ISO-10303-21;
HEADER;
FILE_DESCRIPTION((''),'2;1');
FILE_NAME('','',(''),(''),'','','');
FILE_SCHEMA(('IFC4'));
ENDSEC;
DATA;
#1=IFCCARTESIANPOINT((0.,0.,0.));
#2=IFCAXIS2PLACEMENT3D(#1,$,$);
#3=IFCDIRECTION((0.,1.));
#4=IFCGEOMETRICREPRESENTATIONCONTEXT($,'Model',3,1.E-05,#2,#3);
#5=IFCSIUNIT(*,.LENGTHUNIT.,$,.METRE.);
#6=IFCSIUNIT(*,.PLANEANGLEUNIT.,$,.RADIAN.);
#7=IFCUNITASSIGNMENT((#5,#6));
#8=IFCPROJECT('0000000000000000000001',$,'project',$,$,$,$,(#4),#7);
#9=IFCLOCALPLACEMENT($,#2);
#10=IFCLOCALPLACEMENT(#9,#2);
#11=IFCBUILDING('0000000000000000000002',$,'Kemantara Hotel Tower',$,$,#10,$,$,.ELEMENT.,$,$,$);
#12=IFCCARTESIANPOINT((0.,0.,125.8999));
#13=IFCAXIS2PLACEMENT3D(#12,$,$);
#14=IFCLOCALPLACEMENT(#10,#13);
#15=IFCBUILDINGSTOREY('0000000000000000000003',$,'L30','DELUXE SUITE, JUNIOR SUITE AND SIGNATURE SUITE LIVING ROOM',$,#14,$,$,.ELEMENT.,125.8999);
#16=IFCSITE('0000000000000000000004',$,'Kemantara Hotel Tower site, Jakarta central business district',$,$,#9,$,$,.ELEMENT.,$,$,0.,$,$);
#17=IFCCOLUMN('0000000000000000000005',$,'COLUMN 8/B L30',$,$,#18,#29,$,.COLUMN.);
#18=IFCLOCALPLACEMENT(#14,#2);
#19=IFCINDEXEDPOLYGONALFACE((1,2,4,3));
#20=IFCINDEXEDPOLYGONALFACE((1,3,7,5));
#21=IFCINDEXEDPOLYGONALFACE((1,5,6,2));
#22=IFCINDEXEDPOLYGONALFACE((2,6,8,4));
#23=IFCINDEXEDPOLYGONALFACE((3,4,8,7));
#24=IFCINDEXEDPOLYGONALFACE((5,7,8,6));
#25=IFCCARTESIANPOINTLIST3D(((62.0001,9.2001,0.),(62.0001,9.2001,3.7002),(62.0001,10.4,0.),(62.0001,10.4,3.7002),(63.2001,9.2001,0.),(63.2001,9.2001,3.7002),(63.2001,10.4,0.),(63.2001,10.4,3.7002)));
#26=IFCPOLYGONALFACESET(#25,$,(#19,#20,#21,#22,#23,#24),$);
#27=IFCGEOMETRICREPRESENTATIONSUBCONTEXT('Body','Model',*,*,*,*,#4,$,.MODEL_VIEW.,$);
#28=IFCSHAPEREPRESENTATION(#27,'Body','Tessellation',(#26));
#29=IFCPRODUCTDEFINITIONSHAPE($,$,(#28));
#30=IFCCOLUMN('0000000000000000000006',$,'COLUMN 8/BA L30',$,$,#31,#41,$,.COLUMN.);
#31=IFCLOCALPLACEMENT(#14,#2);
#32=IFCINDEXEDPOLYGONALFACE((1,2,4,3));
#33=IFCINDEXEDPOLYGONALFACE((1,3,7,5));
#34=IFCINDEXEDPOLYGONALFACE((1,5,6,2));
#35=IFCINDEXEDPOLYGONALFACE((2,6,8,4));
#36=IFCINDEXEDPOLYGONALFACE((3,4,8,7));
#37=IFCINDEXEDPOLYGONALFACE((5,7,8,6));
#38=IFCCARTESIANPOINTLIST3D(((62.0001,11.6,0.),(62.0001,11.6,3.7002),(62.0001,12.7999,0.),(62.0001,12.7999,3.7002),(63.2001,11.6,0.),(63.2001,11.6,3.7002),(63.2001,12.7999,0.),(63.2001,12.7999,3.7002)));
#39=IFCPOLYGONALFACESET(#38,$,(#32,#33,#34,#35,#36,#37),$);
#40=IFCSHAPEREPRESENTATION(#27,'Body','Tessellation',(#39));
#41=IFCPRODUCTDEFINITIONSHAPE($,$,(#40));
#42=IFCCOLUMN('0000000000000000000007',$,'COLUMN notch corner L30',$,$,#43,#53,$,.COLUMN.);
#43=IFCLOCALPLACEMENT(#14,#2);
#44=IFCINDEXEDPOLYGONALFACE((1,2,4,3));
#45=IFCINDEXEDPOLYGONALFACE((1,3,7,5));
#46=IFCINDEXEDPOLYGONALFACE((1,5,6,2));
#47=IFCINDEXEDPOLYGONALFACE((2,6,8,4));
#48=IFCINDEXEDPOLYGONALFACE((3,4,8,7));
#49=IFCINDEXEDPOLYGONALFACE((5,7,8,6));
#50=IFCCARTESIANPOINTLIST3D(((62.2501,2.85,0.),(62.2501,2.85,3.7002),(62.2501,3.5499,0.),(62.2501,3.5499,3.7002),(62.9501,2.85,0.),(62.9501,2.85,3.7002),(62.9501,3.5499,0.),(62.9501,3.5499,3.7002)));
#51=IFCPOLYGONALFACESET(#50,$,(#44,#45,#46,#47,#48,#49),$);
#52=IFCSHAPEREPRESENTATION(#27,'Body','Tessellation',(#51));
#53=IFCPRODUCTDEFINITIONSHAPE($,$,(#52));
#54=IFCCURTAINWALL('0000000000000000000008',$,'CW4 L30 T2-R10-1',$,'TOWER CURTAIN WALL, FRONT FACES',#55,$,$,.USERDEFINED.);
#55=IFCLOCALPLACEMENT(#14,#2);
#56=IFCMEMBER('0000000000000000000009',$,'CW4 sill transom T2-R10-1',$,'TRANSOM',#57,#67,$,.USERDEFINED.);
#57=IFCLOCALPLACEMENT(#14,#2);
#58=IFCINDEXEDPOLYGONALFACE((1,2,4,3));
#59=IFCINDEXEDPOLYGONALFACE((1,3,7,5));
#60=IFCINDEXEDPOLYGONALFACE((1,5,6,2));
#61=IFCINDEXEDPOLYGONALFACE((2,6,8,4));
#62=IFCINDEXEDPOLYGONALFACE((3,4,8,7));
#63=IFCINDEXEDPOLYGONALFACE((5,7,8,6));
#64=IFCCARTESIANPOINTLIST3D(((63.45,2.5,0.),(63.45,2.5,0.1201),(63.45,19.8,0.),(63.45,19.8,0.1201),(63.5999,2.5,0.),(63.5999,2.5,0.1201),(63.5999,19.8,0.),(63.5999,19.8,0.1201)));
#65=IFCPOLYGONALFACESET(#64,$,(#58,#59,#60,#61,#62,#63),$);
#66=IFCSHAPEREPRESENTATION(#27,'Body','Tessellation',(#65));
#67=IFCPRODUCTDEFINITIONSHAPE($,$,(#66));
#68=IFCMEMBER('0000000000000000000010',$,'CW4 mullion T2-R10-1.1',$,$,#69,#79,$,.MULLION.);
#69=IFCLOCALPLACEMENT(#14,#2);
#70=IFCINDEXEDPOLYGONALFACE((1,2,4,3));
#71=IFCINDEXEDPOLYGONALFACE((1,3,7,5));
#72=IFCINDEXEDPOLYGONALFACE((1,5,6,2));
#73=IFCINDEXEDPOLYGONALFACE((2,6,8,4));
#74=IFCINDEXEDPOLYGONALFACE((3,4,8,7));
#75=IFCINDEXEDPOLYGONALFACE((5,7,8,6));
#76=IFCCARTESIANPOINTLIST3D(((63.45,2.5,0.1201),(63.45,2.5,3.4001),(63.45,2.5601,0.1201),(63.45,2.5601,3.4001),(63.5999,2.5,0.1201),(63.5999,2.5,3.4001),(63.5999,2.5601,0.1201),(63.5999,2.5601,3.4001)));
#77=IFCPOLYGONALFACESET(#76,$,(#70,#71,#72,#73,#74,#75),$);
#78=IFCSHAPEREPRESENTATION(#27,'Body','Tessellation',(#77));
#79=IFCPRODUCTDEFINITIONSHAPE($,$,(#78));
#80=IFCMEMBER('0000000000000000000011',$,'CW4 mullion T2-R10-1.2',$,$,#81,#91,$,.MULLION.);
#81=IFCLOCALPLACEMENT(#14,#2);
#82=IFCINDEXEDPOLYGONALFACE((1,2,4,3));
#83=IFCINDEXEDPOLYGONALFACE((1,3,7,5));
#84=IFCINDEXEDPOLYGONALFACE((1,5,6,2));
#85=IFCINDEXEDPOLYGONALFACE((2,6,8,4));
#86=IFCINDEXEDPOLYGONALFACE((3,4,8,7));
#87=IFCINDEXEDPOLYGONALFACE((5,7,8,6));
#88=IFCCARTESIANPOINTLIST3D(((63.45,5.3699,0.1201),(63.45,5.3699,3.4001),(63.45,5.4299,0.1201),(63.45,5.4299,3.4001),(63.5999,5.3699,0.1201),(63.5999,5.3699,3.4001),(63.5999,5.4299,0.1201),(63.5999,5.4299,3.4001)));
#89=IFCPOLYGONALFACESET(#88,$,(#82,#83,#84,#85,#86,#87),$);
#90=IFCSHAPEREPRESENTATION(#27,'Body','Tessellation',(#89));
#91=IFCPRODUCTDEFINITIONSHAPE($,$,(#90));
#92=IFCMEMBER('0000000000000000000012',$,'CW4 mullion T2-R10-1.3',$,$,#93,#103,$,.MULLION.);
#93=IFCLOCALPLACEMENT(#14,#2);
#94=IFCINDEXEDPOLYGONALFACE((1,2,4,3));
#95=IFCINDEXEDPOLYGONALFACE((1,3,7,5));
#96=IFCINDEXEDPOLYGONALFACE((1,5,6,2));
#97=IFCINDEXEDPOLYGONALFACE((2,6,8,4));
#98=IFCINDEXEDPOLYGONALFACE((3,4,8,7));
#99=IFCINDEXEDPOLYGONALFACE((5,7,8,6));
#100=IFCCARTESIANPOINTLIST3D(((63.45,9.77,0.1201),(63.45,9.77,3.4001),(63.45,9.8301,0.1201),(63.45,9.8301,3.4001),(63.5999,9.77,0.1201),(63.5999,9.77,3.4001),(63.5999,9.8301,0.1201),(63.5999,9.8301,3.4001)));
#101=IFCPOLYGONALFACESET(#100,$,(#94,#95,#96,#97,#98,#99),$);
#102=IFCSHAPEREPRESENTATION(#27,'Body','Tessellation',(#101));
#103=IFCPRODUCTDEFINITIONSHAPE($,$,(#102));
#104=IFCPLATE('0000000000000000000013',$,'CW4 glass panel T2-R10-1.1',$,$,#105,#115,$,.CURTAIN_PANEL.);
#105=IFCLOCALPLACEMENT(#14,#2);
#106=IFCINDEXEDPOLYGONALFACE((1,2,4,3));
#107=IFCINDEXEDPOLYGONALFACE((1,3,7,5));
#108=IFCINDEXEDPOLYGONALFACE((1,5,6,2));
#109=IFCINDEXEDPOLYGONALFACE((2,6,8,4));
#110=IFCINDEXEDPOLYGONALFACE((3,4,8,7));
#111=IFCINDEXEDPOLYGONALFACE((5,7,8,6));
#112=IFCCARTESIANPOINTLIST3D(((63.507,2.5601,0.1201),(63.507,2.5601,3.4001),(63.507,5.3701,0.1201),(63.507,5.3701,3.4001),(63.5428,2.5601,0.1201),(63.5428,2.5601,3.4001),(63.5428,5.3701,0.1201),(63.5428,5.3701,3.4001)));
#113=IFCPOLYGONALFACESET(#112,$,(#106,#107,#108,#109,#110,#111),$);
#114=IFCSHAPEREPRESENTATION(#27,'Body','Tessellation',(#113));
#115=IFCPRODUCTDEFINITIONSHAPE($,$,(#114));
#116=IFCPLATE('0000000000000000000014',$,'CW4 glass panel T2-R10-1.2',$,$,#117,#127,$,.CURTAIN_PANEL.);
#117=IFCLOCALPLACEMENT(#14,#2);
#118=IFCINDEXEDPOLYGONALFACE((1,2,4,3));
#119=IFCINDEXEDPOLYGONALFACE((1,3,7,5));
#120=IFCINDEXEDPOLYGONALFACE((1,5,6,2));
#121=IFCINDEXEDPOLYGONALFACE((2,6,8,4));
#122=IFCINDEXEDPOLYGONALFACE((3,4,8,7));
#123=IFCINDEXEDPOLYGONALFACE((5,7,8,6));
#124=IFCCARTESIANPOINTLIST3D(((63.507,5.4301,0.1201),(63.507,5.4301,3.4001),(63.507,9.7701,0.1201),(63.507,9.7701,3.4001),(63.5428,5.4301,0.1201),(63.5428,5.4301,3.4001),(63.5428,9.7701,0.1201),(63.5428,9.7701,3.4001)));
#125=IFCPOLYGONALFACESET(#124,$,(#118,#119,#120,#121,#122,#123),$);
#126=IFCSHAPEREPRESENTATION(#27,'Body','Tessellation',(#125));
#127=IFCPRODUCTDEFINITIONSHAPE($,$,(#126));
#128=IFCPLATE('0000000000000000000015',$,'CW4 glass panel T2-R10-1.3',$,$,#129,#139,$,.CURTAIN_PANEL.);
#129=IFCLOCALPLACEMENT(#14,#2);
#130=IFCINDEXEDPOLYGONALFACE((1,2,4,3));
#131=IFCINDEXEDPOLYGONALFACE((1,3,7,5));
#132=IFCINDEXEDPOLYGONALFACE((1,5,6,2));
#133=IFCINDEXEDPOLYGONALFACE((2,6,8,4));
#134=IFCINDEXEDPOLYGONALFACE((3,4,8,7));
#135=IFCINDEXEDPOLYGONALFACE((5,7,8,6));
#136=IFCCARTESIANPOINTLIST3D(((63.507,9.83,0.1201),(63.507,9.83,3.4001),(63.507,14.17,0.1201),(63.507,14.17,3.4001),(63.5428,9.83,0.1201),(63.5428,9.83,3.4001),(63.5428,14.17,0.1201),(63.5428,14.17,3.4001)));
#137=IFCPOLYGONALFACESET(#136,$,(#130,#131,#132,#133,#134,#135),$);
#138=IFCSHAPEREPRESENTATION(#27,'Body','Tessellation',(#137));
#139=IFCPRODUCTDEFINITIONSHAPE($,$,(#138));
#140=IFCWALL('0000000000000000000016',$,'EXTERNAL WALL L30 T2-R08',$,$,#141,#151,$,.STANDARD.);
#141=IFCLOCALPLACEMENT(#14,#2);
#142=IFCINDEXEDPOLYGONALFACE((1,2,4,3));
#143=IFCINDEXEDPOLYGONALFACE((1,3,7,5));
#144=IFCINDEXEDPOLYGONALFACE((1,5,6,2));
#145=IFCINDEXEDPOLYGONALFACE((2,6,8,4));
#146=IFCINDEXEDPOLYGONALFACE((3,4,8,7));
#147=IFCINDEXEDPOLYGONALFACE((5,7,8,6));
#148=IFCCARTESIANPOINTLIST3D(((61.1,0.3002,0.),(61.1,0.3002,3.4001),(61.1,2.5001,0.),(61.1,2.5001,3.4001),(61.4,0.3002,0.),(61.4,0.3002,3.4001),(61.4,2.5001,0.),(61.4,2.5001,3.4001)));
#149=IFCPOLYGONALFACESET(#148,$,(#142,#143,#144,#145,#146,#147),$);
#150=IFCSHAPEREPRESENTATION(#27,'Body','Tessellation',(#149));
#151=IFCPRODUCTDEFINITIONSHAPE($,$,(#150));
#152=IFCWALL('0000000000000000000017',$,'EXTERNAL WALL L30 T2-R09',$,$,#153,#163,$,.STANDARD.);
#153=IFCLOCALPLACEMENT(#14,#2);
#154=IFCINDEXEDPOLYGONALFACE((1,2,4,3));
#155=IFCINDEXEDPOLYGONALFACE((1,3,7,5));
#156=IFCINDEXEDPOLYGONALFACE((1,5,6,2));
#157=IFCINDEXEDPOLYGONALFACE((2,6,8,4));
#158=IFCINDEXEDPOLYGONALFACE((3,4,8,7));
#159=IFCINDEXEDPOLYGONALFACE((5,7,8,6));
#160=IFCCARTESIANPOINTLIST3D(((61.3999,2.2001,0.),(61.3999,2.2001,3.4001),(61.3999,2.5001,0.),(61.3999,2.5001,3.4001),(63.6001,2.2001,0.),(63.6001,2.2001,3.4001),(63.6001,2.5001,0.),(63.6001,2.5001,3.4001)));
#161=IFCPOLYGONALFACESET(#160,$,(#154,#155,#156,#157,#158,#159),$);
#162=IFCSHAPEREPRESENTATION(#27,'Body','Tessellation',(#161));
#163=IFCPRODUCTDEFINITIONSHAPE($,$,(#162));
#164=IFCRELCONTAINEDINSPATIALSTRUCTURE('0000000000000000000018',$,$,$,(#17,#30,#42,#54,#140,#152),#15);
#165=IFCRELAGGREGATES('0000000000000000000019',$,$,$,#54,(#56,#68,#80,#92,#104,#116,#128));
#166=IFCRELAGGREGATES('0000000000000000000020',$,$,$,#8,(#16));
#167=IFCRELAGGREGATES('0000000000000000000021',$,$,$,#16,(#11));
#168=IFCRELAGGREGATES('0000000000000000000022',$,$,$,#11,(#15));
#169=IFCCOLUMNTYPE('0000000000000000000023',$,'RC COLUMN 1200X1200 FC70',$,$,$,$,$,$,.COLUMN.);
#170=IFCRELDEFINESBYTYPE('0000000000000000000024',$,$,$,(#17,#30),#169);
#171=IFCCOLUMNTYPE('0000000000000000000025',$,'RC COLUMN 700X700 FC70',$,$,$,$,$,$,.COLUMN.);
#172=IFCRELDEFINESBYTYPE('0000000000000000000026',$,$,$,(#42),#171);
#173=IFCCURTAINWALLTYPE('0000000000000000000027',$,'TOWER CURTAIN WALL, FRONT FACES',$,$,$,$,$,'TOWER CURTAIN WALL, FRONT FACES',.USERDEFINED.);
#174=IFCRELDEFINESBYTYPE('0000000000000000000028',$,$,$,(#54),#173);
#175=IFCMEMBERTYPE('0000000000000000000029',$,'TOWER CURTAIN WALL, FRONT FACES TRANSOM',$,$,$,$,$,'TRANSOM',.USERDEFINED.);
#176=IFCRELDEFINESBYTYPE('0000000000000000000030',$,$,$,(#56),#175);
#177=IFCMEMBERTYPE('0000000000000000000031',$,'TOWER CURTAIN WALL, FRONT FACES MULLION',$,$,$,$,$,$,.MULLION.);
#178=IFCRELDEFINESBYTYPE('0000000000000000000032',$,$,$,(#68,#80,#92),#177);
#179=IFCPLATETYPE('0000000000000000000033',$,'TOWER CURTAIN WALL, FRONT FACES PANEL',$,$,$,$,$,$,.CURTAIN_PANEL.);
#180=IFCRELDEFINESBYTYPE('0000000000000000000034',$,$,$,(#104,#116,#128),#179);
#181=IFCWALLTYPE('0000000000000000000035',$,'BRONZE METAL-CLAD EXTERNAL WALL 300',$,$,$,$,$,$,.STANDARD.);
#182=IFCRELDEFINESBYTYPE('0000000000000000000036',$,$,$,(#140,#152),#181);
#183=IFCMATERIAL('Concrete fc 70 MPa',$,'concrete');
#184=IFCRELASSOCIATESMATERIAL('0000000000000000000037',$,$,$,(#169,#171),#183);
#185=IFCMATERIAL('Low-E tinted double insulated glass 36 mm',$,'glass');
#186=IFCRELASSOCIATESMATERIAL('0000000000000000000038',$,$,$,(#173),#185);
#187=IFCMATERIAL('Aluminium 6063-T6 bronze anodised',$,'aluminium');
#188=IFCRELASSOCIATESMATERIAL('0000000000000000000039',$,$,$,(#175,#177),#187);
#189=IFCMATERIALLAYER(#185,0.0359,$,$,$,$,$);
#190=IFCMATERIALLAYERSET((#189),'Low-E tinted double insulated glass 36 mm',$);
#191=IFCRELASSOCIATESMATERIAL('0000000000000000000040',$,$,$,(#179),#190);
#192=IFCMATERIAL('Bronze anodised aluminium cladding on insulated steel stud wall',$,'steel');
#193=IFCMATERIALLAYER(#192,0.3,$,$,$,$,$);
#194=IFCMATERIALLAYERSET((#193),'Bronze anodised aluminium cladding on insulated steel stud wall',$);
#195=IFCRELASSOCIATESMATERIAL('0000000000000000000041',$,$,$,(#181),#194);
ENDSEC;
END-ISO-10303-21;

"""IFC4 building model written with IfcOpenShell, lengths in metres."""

from ifc_helpers import new_model, si_unit, direction, frame, frame_2d, origin, origin_2d, place, context, subcontext, project, spatial, rectangle, extrude, source, transform, mapped, material, layer, layer_set, material_profile, profile_set, type_object, element, aggregate, save


model = new_model("IFC4")

# Units and contexts
model_context = context("Model", 3, precision=1e-05, world=origin(), true_north=direction((0.0, 1.0)))
body_context = subcontext(model_context, "Body", "Model", "MODEL_VIEW")
ifc_project = project(units=[si_unit("LENGTHUNIT", "METRE"), si_unit("PLANEANGLEUNIT", "RADIAN")], contexts=[model_context])

# Site, building, storey
site_placement = place(None, origin())
site = spatial("IfcSite", under=ifc_project, at=site_placement, Name="Kemantara Hotel Tower site, Jakarta central business district", CompositionType="ELEMENT", RefElevation=0.0)
building_placement = place(site_placement, origin())
building = spatial("IfcBuilding", under=site, at=building_placement, Name="Kemantara Hotel Tower", CompositionType="ELEMENT")
storey_placement = place(building_placement, frame((0.0, 0.0, 125.8999)))
storey = spatial("IfcBuildingStorey", under=building, at=storey_placement, Name="L30", Description="DELUXE SUITE, JUNIOR SUITE AND SIGNATURE SUITE LIVING ROOM", CompositionType="ELEMENT", Elevation=125.8999)

# Columns
ifc_material_1 = material(Name="Concrete fc 70 MPa", Category="concrete")
ifc_material_profile_1 = material_profile(ifc_material_1, rectangle(XDim=1.2, YDim=1.2, at=origin_2d()), Name="RC 1200X1200")
ifc_profile_set_1 = profile_set([ifc_material_profile_1], Name="Concrete fc 70 MPa")
column_type_1 = type_object("IfcColumnType", Name="RC COLUMN 1200X1200 FC70", PredefinedType="COLUMN", material=ifc_profile_set_1)
for number, where, z_axis, x_axis, name in (
    (1, (62.6001, 9.8, 0.0), (0.0, 0.0, 1.0), (1.0, 0.0, 0.0), "COLUMN 8/B L30"),
    (2, (62.6001, 12.2, 0.0), (0.0, 0.0, 1.0), (1.0, 0.0, 0.0), "COLUMN 8/BA L30"),
):
    element("IfcColumn", number, at=place(storey_placement, frame(where, z_axis=z_axis, x_axis=x_axis)), inside=storey, type_object=column_type_1, Name=name, PredefinedType="COLUMN", context=body_context, shape_type="SweptSolid", body=[
        extrude(rectangle(XDim=1.2, YDim=1.2, at=origin_2d()), origin(), (0.0, 0.0, 1.0), 3.7002),
    ])
ifc_material_profile_2 = material_profile(ifc_material_1, rectangle(XDim=0.7, YDim=0.7, at=origin_2d()), Name="RC 700X700")
ifc_profile_set_2 = profile_set([ifc_material_profile_2], Name="Concrete fc 70 MPa")
column_type_2 = type_object("IfcColumnType", Name="RC COLUMN 700X700 FC70", PredefinedType="COLUMN", material=ifc_profile_set_2)
column_placement = place(storey_placement, frame((62.6001, 3.2, 0.0), z_axis=(0.0, 0.0, 1.0), x_axis=(1.0, 0.0, 0.0)))
element("IfcColumn", 3, at=column_placement, inside=storey, type_object=column_type_2, Name="COLUMN notch corner L30", PredefinedType="COLUMN", context=body_context, shape_type="SweptSolid", body=[
    extrude(rectangle(XDim=0.7, YDim=0.7, at=origin_2d()), origin(), (0.0, 0.0, 1.0), 3.7002),
])

# Curtain wall, members, plates
ifc_material_2 = material(Name="Low-E tinted double insulated glass 36 mm", Category="glass")
curtain_wall_type = type_object("IfcCurtainWallType", Name="TOWER CURTAIN WALL, FRONT FACES", ElementType="TOWER CURTAIN WALL, FRONT FACES", PredefinedType="USERDEFINED", material=ifc_material_2)
curtain_wall_placement = place(storey_placement, origin())
curtain_wall = element("IfcCurtainWall", 4, at=curtain_wall_placement, inside=storey, type_object=curtain_wall_type, Name="CW4 L30 T2-R10-1", ObjectType="TOWER CURTAIN WALL, FRONT FACES", PredefinedType="USERDEFINED")
ifc_material_3 = material(Name="Aluminium 6063-T6 bronze anodised", Category="aluminium")
ifc_material_profile_3 = material_profile(ifc_material_3, rectangle(XDim=0.1499, YDim=0.1201, at=origin_2d()), Name="TOWER CURTAIN WALL, FRONT FACES TRANSOM")
ifc_profile_set_3 = profile_set([ifc_material_profile_3], Name="Aluminium 6063-T6 bronze anodised")
member_type_1 = type_object("IfcMemberType", Name="TOWER CURTAIN WALL, FRONT FACES TRANSOM", ElementType="TRANSOM", PredefinedType="USERDEFINED", material=ifc_profile_set_3)
member_1_placement = place(storey_placement, frame((63.5249, 2.5, 0.0601), z_axis=(0.0, 1.0, 0.0), x_axis=(-1.0, 0.0, 0.0)))
member_1 = element("IfcMember", 5, at=member_1_placement, type_object=member_type_1, Name="CW4 sill transom T2-R10-1", ObjectType="TRANSOM", PredefinedType="USERDEFINED", context=body_context, shape_type="SweptSolid", body=[
    extrude(rectangle(XDim=0.1499, YDim=0.1201, at=origin_2d()), origin(), (0.0, 0.0, 1.0), 17.3),
])
ifc_material_profile_4 = material_profile(ifc_material_3, rectangle(XDim=0.1499, YDim=0.0601, at=origin_2d()), Name="TOWER CURTAIN WALL, FRONT FACES MULLION")
ifc_profile_set_4 = profile_set([ifc_material_profile_4], Name="Aluminium 6063-T6 bronze anodised")
member_type_2 = type_object("IfcMemberType", Name="TOWER CURTAIN WALL, FRONT FACES MULLION", PredefinedType="MULLION", material=ifc_profile_set_4)
shared_shape_1 = source(origin(), body_context, "Body", "SweptSolid", [
    extrude(rectangle(XDim=0.1499, YDim=0.0601, at=origin_2d()), origin(), (0.0, 0.0, 1.0), 3.28),
])
member_2_placement = place(storey_placement, frame((63.5249, 2.53, 0.1201), z_axis=(0.0, 0.0, 1.0), x_axis=(-1.0, 0.0, 0.0)))
member_2 = element("IfcMember", 6, at=member_2_placement, type_object=member_type_2, Name="CW4 mullion T2-R10-1.1", PredefinedType="MULLION", context=body_context, shape_type="MappedRepresentation", body=[
    mapped(shared_shape_1, transform((0.0, 0.0, 0.0))),
])
member_3_placement = place(storey_placement, frame((63.5249, 5.3999, 0.1201), z_axis=(0.0, 0.0, 1.0), x_axis=(-1.0, 0.0, 0.0)))
member_3 = element("IfcMember", 7, at=member_3_placement, type_object=member_type_2, Name="CW4 mullion T2-R10-1.2", PredefinedType="MULLION", context=body_context, shape_type="MappedRepresentation", body=[
    mapped(shared_shape_1, transform((0.0, 0.0, 0.0))),
])
member_4_placement = place(storey_placement, frame((63.5249, 9.8, 0.1201), z_axis=(0.0, 0.0, 1.0), x_axis=(-1.0, 0.0, 0.0)))
member_4 = element("IfcMember", 8, at=member_4_placement, type_object=member_type_2, Name="CW4 mullion T2-R10-1.3", PredefinedType="MULLION", context=body_context, shape_type="MappedRepresentation", body=[
    mapped(shared_shape_1, transform((0.0, 0.0, 0.0))),
])
ifc_layer_1 = layer(ifc_material_2, 0.0359)
ifc_layer_set_1 = layer_set([ifc_layer_1], Name="Low-E tinted double insulated glass 36 mm")
plate_type = type_object("IfcPlateType", Name="TOWER CURTAIN WALL, FRONT FACES PANEL", PredefinedType="CURTAIN_PANEL", material=ifc_layer_set_1)
shared_shape_2 = source(origin(), body_context, "Body", "SweptSolid", [
    extrude(rectangle(XDim=2.8101, YDim=0.0359, at=origin_2d()), origin(), (0.0, 0.0, 1.0), 3.28),
])
plate_1_placement = place(storey_placement, frame((63.5249, 3.9651, 0.1201), z_axis=(0.0, 0.0, 1.0), x_axis=(0.0, 1.0, 0.0)))
plate_1 = element("IfcPlate", 9, at=plate_1_placement, type_object=plate_type, Name="CW4 glass panel T2-R10-1.1", PredefinedType="CURTAIN_PANEL", context=body_context, shape_type="MappedRepresentation", body=[
    mapped(shared_shape_2, transform((0.0, 0.0, 0.0))),
])
shared_shape_3 = source(origin(), body_context, "Body", "SweptSolid", [
    extrude(rectangle(XDim=4.3401, YDim=0.0359, at=origin_2d()), origin(), (0.0, 0.0, 1.0), 3.28),
])
plate_2_placement = place(storey_placement, frame((63.5249, 7.6001, 0.1201), z_axis=(0.0, 0.0, 1.0), x_axis=(0.0, 1.0, 0.0)))
plate_2 = element("IfcPlate", 10, at=plate_2_placement, type_object=plate_type, Name="CW4 glass panel T2-R10-1.2", PredefinedType="CURTAIN_PANEL", context=body_context, shape_type="MappedRepresentation", body=[
    mapped(shared_shape_3, transform((0.0, 0.0, 0.0))),
])
plate_3_placement = place(storey_placement, frame((63.5249, 12.0, 0.1201), z_axis=(0.0, 0.0, 1.0), x_axis=(0.0, 1.0, 0.0)))
plate_3 = element("IfcPlate", 11, at=plate_3_placement, type_object=plate_type, Name="CW4 glass panel T2-R10-1.3", PredefinedType="CURTAIN_PANEL", context=body_context, shape_type="MappedRepresentation", body=[
    mapped(shared_shape_3, transform((0.0, 0.0, 0.0))),
])
aggregate(curtain_wall, [member_1, member_2, member_3, member_4, plate_1, plate_2, plate_3])

# Walls
ifc_material_4 = material(Name="Bronze anodised aluminium cladding on insulated steel stud wall", Category="steel")
ifc_layer_2 = layer(ifc_material_4, 0.3)
ifc_layer_set_2 = layer_set([ifc_layer_2], Name="Bronze anodised aluminium cladding on insulated steel stud wall")
wall_type_1 = type_object("IfcWallType", Name="BRONZE METAL-CLAD EXTERNAL WALL 300", PredefinedType="STANDARD", material=ifc_layer_set_2)
wall_1_placement = place(storey_placement, frame((61.25, 0.3, 0.0), z_axis=(0.0, 0.0, 1.0), x_axis=(0.0, 1.0, 0.0)))
element("IfcWall", 12, at=wall_1_placement, inside=storey, type_object=wall_type_1, Name="EXTERNAL WALL L30 T2-R08", PredefinedType="STANDARD", context=body_context, shape_type="SweptSolid", body=[
    extrude(rectangle(XDim=2.2, YDim=0.3, at=frame_2d((1.1001, 0.0))), origin(), (0.0, 0.0, 1.0), 3.4001),
])
wall_2_placement = place(storey_placement, frame((61.3999, 2.3501, 0.0), z_axis=(0.0, 0.0, 1.0), x_axis=(1.0, 0.0, 0.0)))
element("IfcWall", 13, at=wall_2_placement, inside=storey, type_object=wall_type_1, Name="EXTERNAL WALL L30 T2-R09", PredefinedType="STANDARD", context=body_context, shape_type="SweptSolid", body=[
    extrude(rectangle(XDim=2.2002, YDim=0.3, at=frame_2d((1.1001, 0.0))), origin(), (0.0, 0.0, 1.0), 3.4001),
])

save(model, "model.ifc")
